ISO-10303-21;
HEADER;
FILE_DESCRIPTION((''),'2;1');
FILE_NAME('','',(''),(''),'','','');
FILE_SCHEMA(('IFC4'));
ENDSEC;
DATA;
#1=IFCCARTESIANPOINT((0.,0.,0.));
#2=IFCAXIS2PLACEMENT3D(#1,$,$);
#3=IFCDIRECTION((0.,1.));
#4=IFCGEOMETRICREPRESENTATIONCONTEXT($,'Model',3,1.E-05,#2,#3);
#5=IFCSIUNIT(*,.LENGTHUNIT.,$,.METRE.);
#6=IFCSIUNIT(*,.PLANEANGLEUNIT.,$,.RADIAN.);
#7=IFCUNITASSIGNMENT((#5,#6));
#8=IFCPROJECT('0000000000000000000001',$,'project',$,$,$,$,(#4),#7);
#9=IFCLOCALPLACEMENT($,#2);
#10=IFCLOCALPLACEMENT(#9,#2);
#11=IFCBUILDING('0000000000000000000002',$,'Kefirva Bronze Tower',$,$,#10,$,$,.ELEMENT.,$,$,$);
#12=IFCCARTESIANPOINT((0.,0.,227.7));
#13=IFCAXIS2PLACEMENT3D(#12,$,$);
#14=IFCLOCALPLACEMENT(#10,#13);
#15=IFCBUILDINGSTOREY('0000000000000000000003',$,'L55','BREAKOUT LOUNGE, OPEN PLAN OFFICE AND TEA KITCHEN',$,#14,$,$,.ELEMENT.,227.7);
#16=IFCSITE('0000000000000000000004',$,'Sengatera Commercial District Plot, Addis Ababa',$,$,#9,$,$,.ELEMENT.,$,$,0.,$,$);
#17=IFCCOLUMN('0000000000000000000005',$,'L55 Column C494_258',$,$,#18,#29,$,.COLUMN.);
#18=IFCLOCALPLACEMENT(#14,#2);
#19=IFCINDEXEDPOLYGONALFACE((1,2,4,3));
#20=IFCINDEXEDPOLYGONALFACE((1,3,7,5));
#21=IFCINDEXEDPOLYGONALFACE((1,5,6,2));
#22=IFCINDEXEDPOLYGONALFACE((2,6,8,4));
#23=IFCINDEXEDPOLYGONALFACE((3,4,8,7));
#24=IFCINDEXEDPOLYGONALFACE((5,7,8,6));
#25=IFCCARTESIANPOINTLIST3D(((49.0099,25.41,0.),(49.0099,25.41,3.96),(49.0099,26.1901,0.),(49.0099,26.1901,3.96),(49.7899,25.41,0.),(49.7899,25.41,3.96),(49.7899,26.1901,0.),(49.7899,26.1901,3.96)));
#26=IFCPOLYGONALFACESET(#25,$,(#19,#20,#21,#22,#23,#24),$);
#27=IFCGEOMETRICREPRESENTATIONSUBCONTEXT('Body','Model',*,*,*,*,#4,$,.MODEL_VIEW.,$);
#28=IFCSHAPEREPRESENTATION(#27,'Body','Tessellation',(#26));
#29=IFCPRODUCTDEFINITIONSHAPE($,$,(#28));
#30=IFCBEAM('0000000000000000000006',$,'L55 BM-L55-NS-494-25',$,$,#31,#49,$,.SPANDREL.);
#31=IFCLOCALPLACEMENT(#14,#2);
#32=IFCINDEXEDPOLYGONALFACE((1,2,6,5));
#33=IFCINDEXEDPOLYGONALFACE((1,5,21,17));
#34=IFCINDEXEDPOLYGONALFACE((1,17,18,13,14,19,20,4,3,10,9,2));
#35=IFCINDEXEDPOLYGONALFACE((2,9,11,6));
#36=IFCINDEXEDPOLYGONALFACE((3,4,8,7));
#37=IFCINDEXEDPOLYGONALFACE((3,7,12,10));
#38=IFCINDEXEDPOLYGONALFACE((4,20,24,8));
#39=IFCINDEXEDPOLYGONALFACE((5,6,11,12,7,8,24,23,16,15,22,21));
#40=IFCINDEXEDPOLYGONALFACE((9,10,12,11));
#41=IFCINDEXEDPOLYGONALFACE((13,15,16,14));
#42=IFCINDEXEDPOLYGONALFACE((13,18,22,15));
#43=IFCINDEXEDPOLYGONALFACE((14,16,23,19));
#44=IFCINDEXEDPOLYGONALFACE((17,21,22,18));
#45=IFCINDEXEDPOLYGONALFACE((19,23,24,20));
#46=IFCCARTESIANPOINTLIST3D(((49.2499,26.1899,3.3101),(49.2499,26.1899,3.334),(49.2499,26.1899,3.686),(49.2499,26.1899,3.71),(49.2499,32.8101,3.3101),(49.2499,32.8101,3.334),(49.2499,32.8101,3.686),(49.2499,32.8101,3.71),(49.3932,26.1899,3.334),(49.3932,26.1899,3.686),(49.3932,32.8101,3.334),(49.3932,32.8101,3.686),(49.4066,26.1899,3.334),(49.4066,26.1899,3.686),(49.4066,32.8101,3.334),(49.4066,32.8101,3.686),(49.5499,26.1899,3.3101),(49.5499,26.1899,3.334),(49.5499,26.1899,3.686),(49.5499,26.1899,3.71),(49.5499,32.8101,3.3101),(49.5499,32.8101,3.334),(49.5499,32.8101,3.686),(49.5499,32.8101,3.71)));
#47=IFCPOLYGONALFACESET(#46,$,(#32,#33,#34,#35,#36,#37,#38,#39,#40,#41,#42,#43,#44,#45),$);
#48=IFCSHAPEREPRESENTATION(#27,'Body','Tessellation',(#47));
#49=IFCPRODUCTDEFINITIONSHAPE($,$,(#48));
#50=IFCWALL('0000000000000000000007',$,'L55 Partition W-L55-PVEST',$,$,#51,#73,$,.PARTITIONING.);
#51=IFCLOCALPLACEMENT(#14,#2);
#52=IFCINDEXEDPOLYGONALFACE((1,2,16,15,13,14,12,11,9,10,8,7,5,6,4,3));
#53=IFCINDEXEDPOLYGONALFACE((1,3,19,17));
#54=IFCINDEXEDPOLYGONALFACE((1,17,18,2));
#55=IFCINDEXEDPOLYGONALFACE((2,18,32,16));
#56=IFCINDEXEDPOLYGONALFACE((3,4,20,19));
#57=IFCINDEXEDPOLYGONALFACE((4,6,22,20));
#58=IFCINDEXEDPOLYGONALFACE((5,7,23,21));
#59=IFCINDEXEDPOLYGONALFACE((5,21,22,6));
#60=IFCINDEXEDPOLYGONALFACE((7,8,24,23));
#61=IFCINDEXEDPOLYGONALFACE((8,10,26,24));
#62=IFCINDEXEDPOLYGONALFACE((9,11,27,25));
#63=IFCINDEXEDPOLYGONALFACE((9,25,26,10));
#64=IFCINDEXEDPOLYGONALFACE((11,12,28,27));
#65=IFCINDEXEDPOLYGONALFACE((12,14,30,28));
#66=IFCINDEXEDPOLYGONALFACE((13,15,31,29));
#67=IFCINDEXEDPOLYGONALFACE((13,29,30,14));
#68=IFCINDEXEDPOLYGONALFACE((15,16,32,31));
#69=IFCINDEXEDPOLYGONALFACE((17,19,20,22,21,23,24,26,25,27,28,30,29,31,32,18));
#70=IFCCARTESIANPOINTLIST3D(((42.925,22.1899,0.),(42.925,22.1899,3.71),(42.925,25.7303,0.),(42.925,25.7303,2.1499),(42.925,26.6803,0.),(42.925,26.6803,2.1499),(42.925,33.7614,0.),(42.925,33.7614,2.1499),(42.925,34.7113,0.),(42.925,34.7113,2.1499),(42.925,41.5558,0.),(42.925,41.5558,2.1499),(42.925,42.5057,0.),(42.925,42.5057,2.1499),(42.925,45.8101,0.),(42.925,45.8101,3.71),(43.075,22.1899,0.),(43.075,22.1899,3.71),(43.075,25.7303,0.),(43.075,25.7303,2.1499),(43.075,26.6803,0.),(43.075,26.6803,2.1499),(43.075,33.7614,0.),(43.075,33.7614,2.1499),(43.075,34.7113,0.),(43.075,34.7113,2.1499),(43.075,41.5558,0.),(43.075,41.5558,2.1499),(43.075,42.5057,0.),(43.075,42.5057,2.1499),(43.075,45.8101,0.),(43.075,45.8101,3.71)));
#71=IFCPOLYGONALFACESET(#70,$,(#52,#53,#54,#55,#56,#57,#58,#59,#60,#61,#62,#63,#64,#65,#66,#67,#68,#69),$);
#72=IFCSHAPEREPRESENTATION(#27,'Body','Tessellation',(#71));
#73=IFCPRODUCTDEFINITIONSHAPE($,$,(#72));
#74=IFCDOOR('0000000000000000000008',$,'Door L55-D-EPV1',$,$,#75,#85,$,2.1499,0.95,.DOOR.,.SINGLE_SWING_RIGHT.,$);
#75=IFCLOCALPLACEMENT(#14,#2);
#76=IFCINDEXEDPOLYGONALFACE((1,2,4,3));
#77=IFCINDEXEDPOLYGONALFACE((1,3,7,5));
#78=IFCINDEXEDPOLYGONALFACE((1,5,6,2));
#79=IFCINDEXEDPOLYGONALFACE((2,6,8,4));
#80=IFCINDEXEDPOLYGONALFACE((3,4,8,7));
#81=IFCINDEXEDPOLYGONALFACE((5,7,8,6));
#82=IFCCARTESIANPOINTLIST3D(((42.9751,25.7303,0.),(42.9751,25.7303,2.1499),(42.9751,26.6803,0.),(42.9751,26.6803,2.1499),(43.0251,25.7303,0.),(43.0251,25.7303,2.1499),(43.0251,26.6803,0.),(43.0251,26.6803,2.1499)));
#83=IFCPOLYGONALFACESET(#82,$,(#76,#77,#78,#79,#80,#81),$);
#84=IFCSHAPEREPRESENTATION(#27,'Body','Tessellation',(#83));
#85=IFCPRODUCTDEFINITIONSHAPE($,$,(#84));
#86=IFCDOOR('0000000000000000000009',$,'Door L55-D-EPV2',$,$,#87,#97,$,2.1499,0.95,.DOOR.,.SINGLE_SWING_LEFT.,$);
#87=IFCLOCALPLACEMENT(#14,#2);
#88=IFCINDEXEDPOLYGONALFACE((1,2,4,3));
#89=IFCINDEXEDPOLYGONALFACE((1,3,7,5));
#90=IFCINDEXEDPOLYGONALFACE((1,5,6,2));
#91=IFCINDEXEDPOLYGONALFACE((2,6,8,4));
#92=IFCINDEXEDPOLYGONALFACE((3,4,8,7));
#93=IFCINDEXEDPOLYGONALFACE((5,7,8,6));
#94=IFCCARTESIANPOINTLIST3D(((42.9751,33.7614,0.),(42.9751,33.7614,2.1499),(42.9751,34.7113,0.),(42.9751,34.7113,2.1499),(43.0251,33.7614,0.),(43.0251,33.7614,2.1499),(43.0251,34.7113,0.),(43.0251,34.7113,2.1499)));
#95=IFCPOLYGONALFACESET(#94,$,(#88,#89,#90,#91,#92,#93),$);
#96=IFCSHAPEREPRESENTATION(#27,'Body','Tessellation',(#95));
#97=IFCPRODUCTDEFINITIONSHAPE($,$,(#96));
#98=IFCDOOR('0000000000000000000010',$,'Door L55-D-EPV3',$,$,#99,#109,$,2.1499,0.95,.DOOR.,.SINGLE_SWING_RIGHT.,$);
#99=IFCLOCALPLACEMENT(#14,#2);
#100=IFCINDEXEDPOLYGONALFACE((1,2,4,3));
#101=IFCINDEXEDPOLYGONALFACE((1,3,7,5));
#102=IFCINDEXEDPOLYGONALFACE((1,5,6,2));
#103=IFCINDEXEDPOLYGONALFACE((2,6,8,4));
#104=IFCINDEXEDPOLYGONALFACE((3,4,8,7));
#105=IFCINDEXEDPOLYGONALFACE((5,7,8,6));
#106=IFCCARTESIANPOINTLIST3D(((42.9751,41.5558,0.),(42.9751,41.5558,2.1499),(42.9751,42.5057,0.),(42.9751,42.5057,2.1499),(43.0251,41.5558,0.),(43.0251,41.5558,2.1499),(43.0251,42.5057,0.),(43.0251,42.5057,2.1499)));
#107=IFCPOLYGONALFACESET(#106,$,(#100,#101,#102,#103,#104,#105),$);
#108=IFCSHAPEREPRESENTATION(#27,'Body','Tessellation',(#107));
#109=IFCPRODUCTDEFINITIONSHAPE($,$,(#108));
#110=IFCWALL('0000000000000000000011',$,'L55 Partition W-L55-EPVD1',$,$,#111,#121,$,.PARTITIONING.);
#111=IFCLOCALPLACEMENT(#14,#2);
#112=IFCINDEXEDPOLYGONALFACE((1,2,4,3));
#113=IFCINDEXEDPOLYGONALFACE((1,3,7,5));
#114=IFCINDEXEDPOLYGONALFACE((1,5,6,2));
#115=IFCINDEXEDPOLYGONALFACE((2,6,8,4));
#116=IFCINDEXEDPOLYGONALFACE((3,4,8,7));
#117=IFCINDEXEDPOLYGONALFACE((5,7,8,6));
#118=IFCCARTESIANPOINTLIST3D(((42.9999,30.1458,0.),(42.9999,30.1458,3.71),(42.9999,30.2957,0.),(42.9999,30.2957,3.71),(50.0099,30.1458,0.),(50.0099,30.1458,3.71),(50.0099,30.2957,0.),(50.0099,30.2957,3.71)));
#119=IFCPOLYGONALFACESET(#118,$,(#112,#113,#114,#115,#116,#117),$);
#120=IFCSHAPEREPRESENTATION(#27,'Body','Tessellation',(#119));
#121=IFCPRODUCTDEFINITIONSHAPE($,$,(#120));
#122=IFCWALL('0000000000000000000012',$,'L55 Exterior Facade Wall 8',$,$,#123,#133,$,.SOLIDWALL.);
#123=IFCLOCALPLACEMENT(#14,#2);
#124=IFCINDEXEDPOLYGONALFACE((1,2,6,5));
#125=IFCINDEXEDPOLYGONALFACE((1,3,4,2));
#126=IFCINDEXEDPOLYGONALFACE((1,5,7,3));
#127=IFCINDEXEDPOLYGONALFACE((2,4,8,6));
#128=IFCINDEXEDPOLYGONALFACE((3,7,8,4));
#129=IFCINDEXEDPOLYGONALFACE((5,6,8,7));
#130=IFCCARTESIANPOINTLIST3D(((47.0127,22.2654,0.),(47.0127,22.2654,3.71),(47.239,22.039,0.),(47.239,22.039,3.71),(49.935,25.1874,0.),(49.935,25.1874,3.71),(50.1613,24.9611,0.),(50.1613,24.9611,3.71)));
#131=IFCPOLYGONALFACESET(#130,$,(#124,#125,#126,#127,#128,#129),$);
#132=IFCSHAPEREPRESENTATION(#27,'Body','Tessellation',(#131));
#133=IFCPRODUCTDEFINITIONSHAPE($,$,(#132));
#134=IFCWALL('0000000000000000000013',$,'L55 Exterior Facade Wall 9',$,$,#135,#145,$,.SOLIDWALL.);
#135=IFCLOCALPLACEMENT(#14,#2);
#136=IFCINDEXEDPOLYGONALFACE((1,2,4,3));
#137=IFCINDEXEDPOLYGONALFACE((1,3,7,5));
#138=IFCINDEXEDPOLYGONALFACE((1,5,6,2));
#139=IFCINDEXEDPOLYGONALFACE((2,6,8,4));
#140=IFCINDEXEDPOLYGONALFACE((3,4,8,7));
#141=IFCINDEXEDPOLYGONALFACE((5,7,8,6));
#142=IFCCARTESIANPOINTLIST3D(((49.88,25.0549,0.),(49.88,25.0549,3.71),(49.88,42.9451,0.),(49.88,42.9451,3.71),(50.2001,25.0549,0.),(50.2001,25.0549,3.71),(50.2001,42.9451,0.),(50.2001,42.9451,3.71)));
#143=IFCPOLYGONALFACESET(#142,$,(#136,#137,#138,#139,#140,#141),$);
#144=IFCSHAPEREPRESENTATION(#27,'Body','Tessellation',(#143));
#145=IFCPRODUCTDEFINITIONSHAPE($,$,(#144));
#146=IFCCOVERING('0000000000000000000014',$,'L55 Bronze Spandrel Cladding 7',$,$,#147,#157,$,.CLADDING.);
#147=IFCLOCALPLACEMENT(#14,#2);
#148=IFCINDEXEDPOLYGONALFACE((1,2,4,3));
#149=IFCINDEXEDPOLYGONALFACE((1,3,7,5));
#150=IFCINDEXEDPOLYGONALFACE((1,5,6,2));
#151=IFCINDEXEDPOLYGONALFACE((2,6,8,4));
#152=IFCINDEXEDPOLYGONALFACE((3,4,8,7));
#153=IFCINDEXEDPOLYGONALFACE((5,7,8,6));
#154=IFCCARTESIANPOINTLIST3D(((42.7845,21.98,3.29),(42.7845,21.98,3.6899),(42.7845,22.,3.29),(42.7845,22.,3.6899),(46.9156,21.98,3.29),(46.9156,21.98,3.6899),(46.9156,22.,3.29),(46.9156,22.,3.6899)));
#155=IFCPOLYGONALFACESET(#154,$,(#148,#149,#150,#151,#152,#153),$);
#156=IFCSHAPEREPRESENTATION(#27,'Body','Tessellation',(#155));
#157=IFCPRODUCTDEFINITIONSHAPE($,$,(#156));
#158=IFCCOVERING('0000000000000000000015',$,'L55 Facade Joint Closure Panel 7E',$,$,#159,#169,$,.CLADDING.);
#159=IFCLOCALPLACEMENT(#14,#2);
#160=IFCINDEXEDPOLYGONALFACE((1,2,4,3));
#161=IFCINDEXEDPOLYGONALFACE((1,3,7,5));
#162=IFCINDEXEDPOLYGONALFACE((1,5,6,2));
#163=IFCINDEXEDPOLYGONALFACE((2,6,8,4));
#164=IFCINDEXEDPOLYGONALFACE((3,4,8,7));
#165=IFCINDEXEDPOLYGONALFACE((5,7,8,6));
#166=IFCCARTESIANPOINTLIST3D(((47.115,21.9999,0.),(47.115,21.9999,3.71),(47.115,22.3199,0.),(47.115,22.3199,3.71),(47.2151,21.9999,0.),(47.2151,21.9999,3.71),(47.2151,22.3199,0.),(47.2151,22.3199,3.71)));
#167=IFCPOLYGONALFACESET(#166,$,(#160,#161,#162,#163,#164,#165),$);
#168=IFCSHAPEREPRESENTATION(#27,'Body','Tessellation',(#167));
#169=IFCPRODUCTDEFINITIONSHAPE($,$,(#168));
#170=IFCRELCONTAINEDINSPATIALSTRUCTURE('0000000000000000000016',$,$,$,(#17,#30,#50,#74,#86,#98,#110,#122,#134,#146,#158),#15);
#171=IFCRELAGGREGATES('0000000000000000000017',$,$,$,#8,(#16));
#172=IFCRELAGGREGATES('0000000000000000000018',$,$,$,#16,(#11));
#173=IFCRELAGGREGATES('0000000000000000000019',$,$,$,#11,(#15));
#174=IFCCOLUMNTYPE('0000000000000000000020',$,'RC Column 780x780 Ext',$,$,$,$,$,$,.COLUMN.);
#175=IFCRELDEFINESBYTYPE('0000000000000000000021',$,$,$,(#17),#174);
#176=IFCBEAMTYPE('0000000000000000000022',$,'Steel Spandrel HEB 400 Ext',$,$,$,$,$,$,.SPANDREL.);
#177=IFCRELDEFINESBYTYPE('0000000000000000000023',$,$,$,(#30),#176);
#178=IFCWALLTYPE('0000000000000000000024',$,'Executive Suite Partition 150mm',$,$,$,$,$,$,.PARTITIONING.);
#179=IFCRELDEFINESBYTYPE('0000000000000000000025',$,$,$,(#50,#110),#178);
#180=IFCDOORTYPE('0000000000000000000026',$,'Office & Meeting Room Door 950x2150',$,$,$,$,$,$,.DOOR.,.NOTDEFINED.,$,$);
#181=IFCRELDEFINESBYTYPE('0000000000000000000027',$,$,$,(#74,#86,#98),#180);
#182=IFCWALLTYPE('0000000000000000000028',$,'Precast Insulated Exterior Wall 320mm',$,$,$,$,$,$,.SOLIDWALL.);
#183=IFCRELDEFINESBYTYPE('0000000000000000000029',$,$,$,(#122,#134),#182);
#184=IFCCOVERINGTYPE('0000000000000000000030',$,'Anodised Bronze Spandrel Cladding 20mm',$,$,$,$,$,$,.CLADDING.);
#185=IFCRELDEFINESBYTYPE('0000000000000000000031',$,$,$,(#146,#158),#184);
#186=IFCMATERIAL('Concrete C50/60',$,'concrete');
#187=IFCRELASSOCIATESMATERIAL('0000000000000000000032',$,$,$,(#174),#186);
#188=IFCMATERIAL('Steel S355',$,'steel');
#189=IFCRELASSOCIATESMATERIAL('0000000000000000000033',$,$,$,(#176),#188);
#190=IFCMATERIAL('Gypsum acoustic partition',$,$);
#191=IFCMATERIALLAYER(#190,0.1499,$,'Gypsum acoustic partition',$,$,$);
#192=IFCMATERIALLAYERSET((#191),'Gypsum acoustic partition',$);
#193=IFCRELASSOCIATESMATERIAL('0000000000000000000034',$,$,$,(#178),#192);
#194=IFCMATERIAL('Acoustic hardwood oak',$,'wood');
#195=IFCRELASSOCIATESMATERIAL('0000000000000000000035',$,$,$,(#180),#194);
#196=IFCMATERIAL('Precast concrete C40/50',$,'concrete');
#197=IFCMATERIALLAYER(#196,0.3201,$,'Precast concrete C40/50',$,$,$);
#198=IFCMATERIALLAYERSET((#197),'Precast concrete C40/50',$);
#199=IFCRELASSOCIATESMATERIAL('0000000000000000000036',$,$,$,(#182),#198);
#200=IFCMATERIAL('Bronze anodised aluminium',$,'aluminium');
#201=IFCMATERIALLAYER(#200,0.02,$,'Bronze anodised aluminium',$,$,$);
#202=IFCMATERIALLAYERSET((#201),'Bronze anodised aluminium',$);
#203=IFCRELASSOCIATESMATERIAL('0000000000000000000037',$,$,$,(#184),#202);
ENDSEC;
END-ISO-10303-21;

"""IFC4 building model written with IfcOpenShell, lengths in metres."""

from ifc_helpers import new_model, si_unit, direction, frame, frame_2d, origin, origin_2d, place, context, subcontext, project, spatial, rectangle, i_section, extrude, material, layer, layer_set, material_profile, profile_set, type_object, element, fill, save


model = new_model("IFC4")

# Units and contexts
model_context = context("Model", 3, precision=1e-05, world=origin(), true_north=direction((0.0, 1.0)))
body_context = subcontext(model_context, "Body", "Model", "MODEL_VIEW")
ifc_project = project(units=[si_unit("LENGTHUNIT", "METRE"), si_unit("PLANEANGLEUNIT", "RADIAN")], contexts=[model_context])

# Site, building, storey
site_placement = place(None, origin())
site = spatial("IfcSite", under=ifc_project, at=site_placement, Name="Sengatera Commercial District Plot, Addis Ababa", CompositionType="ELEMENT", RefElevation=0.0)
building_placement = place(site_placement, origin())
building = spatial("IfcBuilding", under=site, at=building_placement, Name="Kefirva Bronze Tower", CompositionType="ELEMENT")
storey_placement = place(building_placement, frame((0.0, 0.0, 227.7)))
storey = spatial("IfcBuildingStorey", under=building, at=storey_placement, Name="L55", Description="BREAKOUT LOUNGE, OPEN PLAN OFFICE AND TEA KITCHEN", CompositionType="ELEMENT", Elevation=227.7)

# Column
ifc_material_1 = material(Name="Concrete C50/60", Category="concrete")
ifc_material_profile_1 = material_profile(ifc_material_1, rectangle(XDim=0.78, YDim=0.78, at=origin_2d()), Name="RC 780x780")
ifc_profile_set_1 = profile_set([ifc_material_profile_1], Name="Concrete C50/60")
column_type = type_object("IfcColumnType", Name="RC Column 780x780 Ext", PredefinedType="COLUMN", material=ifc_profile_set_1)
column_placement = place(storey_placement, frame((49.3999, 25.8, 0.0), z_axis=(0.0, 0.0, 1.0), x_axis=(1.0, 0.0, 0.0)))
element("IfcColumn", 1, at=column_placement, inside=storey, type_object=column_type, Name="L55 Column C494_258", PredefinedType="COLUMN", context=body_context, shape_type="SweptSolid", body=[
    extrude(rectangle(XDim=0.78, YDim=0.78, at=origin_2d()), origin(), (0.0, 0.0, 1.0), 3.96),
])

# Beam
ifc_material_2 = material(Name="Steel S355", Category="steel")
ifc_material_profile_2 = material_profile(ifc_material_2, i_section(OverallWidth=0.3, OverallDepth=0.3999, WebThickness=0.0134, FlangeThickness=0.0239, at=origin_2d()), Name="HEB 400")
ifc_profile_set_2 = profile_set([ifc_material_profile_2], Name="Steel S355")
beam_type = type_object("IfcBeamType", Name="Steel Spandrel HEB 400 Ext", PredefinedType="SPANDREL", material=ifc_profile_set_2)
beam_placement = place(storey_placement, frame((49.3999, 26.1899, 3.51), z_axis=(0.0, 1.0, 0.0), x_axis=(-1.0, 0.0, 0.0)))
element("IfcBeam", 2, at=beam_placement, inside=storey, type_object=beam_type, Name="L55 BM-L55-NS-494-25", PredefinedType="SPANDREL", context=body_context, shape_type="SweptSolid", body=[
    extrude(i_section(OverallWidth=0.3, OverallDepth=0.3999, WebThickness=0.0134, FlangeThickness=0.0239, at=origin_2d()), origin(), (0.0, 0.0, 1.0), 6.6201),
])

# Wall, openings, doors
ifc_material_3 = material(Name="Gypsum acoustic partition")
ifc_layer_1 = layer(ifc_material_3, 0.1499, Name="Gypsum acoustic partition")
ifc_layer_set_1 = layer_set([ifc_layer_1], Name="Gypsum acoustic partition")
wall_type_1 = type_object("IfcWallType", Name="Executive Suite Partition 150mm", PredefinedType="PARTITIONING", material=ifc_layer_set_1)
wall_1_placement = place(storey_placement, frame((43.0, 22.1899, 0.0), z_axis=(0.0, 0.0, 1.0), x_axis=(0.0, 1.0, 0.0)))
wall_1 = element("IfcWall", 3, at=wall_1_placement, inside=storey, type_object=wall_type_1, Name="L55 Partition W-L55-PVEST", PredefinedType="PARTITIONING", context=body_context, shape_type="SweptSolid", body=[
    extrude(rectangle(XDim=23.6201, YDim=0.1499, at=frame_2d((11.8101, 0.0))), origin(), (0.0, 0.0, 1.0), 3.71),
])
opening_1_placement = place(wall_1_placement, frame((3.5403, 0.0, 0.0)))
opening_1 = element("IfcOpeningElement", 4, at=opening_1_placement, cuts=wall_1, PredefinedType="OPENING", context=body_context, shape_type="SweptSolid", body=[
    extrude(rectangle(XDim=0.95, YDim=2.1499, at=frame_2d((0.4751, 1.075))), frame((0.0, 0.085, 0.0), z_axis=(0.0, -1.0, 0.0), x_axis=(1.0, 0.0, 0.0)), (0.0, 0.0, 1.0), 0.1699),
])
opening_2_placement = place(wall_1_placement, frame((11.5713, 0.0, 0.0)))
opening_2 = element("IfcOpeningElement", 5, at=opening_2_placement, cuts=wall_1, PredefinedType="OPENING", context=body_context, shape_type="SweptSolid", body=[
    extrude(rectangle(XDim=0.95, YDim=2.1499, at=frame_2d((0.4751, 1.075))), frame((0.0, 0.085, 0.0), z_axis=(0.0, -1.0, 0.0), x_axis=(1.0, 0.0, 0.0)), (0.0, 0.0, 1.0), 0.1699),
])
opening_3_placement = place(wall_1_placement, frame((19.3657, 0.0, 0.0)))
opening_3 = element("IfcOpeningElement", 6, at=opening_3_placement, cuts=wall_1, PredefinedType="OPENING", context=body_context, shape_type="SweptSolid", body=[
    extrude(rectangle(XDim=0.95, YDim=2.1499, at=frame_2d((0.4751, 1.075))), frame((0.0, 0.085, 0.0), z_axis=(0.0, -1.0, 0.0), x_axis=(1.0, 0.0, 0.0)), (0.0, 0.0, 1.0), 0.1699),
])
ifc_material_4 = material(Name="Acoustic hardwood oak", Category="wood")
door_type = type_object("IfcDoorType", Name="Office & Meeting Room Door 950x2150", OperationType="NOTDEFINED", PredefinedType="DOOR", material=ifc_material_4)
door_1_placement = place(opening_1_placement, origin())
door_1 = element("IfcDoor", 7, at=door_1_placement, inside=storey, type_object=door_type, Name="Door L55-D-EPV1", OperationType="SINGLE_SWING_RIGHT", OverallHeight=2.1499, OverallWidth=0.95, PredefinedType="DOOR", context=body_context, shape_type="SweptSolid", body=[
    extrude(rectangle(XDim=0.95, YDim=2.1499, at=frame_2d((0.4751, 1.075))), frame((0.0, 0.0249, 0.0), z_axis=(0.0, -1.0, 0.0), x_axis=(1.0, 0.0, 0.0)), (0.0, 0.0, 1.0), 0.05),
])
fill(opening_1, door_1)
door_2_placement = place(opening_2_placement, origin())
door_2 = element("IfcDoor", 8, at=door_2_placement, inside=storey, type_object=door_type, Name="Door L55-D-EPV2", OperationType="SINGLE_SWING_LEFT", OverallHeight=2.1499, OverallWidth=0.95, PredefinedType="DOOR", context=body_context, shape_type="SweptSolid", body=[
    extrude(rectangle(XDim=0.95, YDim=2.1499, at=frame_2d((0.4751, 1.075))), frame((0.0, 0.0249, 0.0), z_axis=(0.0, -1.0, 0.0), x_axis=(1.0, 0.0, 0.0)), (0.0, 0.0, 1.0), 0.05),
])
fill(opening_2, door_2)
door_3_placement = place(opening_3_placement, origin())
door_3 = element("IfcDoor", 9, at=door_3_placement, inside=storey, type_object=door_type, Name="Door L55-D-EPV3", OperationType="SINGLE_SWING_RIGHT", OverallHeight=2.1499, OverallWidth=0.95, PredefinedType="DOOR", context=body_context, shape_type="SweptSolid", body=[
    extrude(rectangle(XDim=0.95, YDim=2.1499, at=frame_2d((0.4751, 1.075))), frame((0.0, 0.0249, 0.0), z_axis=(0.0, -1.0, 0.0), x_axis=(1.0, 0.0, 0.0)), (0.0, 0.0, 1.0), 0.05),
])
fill(opening_3, door_3)

# Walls
wall_2_placement = place(storey_placement, frame((43.0, 30.2207, 0.0), z_axis=(0.0, 0.0, 1.0), x_axis=(1.0, 0.0, 0.0)))
element("IfcWall", 10, at=wall_2_placement, inside=storey, type_object=wall_type_1, Name="L55 Partition W-L55-EPVD1", PredefinedType="PARTITIONING", context=body_context, shape_type="SweptSolid", body=[
    extrude(rectangle(XDim=7.01, YDim=0.1499, at=frame_2d((3.5049, 0.0))), origin(), (0.0, 0.0, 1.0), 3.71),
])
ifc_material_5 = material(Name="Precast concrete C40/50", Category="concrete")
ifc_layer_2 = layer(ifc_material_5, 0.3201, Name="Precast concrete C40/50")
ifc_layer_set_2 = layer_set([ifc_layer_2], Name="Precast concrete C40/50")
wall_type_2 = type_object("IfcWallType", Name="Precast Insulated Exterior Wall 320mm", PredefinedType="SOLIDWALL", material=ifc_layer_set_2)
wall_3_placement = place(storey_placement, frame((47.1257, 22.1521, 0.0), z_axis=(0.0, 0.0, 1.0), x_axis=(0.707136, 0.707077, 0.0)))
element("IfcWall", 11, at=wall_3_placement, inside=storey, type_object=wall_type_2, Name="L55 Exterior Facade Wall 8", PredefinedType="SOLIDWALL", context=body_context, shape_type="SweptSolid", body=[
    extrude(rectangle(XDim=4.1326, YDim=0.3201, at=frame_2d((2.0664, 0.0))), origin(), (0.0, 0.0, 1.0), 3.71),
])
wall_4_placement = place(storey_placement, frame((50.04, 25.0549, 0.0), z_axis=(0.0, 0.0, 1.0), x_axis=(0.0, 1.0, 0.0)))
element("IfcWall", 12, at=wall_4_placement, inside=storey, type_object=wall_type_2, Name="L55 Exterior Facade Wall 9", PredefinedType="SOLIDWALL", context=body_context, shape_type="SweptSolid", body=[
    extrude(rectangle(XDim=17.8901, YDim=0.3201, at=frame_2d((8.9451, 0.0))), origin(), (0.0, 0.0, 1.0), 3.71),
])

# Coverings
ifc_material_6 = material(Name="Bronze anodised aluminium", Category="aluminium")
ifc_layer_3 = layer(ifc_material_6, 0.02, Name="Bronze anodised aluminium")
ifc_layer_set_3 = layer_set([ifc_layer_3], Name="Bronze anodised aluminium")
covering_type_1 = type_object("IfcCoveringType", Name="Anodised Bronze Spandrel Cladding 20mm", PredefinedType="CLADDING", material=ifc_layer_set_3)
covering_1_placement = place(storey_placement, frame((44.8501, 21.99, 3.29), z_axis=(0.0, 0.0, 1.0), x_axis=(1.0, 0.0, 0.0)))
element("IfcCovering", 13, at=covering_1_placement, inside=storey, type_object=covering_type_1, Name="L55 Bronze Spandrel Cladding 7", PredefinedType="CLADDING", context=body_context, shape_type="SweptSolid", body=[
    extrude(rectangle(XDim=4.1311, YDim=0.02, at=origin_2d()), origin(), (0.0, 0.0, 1.0), 0.3999),
])
covering_2_placement = place(storey_placement, frame((47.165, 22.1599, 0.0), z_axis=(0.0, 0.0, 1.0), x_axis=(1.0, 0.0, 0.0)))
element("IfcCovering", 14, at=covering_2_placement, inside=storey, type_object=covering_type_1, Name="L55 Facade Joint Closure Panel 7E", PredefinedType="CLADDING", context=body_context, shape_type="SweptSolid", body=[
    extrude(rectangle(XDim=0.1001, YDim=0.3201, at=origin_2d()), origin(), (0.0, 0.0, 1.0), 3.71),
])

save(model, "model.ifc")
